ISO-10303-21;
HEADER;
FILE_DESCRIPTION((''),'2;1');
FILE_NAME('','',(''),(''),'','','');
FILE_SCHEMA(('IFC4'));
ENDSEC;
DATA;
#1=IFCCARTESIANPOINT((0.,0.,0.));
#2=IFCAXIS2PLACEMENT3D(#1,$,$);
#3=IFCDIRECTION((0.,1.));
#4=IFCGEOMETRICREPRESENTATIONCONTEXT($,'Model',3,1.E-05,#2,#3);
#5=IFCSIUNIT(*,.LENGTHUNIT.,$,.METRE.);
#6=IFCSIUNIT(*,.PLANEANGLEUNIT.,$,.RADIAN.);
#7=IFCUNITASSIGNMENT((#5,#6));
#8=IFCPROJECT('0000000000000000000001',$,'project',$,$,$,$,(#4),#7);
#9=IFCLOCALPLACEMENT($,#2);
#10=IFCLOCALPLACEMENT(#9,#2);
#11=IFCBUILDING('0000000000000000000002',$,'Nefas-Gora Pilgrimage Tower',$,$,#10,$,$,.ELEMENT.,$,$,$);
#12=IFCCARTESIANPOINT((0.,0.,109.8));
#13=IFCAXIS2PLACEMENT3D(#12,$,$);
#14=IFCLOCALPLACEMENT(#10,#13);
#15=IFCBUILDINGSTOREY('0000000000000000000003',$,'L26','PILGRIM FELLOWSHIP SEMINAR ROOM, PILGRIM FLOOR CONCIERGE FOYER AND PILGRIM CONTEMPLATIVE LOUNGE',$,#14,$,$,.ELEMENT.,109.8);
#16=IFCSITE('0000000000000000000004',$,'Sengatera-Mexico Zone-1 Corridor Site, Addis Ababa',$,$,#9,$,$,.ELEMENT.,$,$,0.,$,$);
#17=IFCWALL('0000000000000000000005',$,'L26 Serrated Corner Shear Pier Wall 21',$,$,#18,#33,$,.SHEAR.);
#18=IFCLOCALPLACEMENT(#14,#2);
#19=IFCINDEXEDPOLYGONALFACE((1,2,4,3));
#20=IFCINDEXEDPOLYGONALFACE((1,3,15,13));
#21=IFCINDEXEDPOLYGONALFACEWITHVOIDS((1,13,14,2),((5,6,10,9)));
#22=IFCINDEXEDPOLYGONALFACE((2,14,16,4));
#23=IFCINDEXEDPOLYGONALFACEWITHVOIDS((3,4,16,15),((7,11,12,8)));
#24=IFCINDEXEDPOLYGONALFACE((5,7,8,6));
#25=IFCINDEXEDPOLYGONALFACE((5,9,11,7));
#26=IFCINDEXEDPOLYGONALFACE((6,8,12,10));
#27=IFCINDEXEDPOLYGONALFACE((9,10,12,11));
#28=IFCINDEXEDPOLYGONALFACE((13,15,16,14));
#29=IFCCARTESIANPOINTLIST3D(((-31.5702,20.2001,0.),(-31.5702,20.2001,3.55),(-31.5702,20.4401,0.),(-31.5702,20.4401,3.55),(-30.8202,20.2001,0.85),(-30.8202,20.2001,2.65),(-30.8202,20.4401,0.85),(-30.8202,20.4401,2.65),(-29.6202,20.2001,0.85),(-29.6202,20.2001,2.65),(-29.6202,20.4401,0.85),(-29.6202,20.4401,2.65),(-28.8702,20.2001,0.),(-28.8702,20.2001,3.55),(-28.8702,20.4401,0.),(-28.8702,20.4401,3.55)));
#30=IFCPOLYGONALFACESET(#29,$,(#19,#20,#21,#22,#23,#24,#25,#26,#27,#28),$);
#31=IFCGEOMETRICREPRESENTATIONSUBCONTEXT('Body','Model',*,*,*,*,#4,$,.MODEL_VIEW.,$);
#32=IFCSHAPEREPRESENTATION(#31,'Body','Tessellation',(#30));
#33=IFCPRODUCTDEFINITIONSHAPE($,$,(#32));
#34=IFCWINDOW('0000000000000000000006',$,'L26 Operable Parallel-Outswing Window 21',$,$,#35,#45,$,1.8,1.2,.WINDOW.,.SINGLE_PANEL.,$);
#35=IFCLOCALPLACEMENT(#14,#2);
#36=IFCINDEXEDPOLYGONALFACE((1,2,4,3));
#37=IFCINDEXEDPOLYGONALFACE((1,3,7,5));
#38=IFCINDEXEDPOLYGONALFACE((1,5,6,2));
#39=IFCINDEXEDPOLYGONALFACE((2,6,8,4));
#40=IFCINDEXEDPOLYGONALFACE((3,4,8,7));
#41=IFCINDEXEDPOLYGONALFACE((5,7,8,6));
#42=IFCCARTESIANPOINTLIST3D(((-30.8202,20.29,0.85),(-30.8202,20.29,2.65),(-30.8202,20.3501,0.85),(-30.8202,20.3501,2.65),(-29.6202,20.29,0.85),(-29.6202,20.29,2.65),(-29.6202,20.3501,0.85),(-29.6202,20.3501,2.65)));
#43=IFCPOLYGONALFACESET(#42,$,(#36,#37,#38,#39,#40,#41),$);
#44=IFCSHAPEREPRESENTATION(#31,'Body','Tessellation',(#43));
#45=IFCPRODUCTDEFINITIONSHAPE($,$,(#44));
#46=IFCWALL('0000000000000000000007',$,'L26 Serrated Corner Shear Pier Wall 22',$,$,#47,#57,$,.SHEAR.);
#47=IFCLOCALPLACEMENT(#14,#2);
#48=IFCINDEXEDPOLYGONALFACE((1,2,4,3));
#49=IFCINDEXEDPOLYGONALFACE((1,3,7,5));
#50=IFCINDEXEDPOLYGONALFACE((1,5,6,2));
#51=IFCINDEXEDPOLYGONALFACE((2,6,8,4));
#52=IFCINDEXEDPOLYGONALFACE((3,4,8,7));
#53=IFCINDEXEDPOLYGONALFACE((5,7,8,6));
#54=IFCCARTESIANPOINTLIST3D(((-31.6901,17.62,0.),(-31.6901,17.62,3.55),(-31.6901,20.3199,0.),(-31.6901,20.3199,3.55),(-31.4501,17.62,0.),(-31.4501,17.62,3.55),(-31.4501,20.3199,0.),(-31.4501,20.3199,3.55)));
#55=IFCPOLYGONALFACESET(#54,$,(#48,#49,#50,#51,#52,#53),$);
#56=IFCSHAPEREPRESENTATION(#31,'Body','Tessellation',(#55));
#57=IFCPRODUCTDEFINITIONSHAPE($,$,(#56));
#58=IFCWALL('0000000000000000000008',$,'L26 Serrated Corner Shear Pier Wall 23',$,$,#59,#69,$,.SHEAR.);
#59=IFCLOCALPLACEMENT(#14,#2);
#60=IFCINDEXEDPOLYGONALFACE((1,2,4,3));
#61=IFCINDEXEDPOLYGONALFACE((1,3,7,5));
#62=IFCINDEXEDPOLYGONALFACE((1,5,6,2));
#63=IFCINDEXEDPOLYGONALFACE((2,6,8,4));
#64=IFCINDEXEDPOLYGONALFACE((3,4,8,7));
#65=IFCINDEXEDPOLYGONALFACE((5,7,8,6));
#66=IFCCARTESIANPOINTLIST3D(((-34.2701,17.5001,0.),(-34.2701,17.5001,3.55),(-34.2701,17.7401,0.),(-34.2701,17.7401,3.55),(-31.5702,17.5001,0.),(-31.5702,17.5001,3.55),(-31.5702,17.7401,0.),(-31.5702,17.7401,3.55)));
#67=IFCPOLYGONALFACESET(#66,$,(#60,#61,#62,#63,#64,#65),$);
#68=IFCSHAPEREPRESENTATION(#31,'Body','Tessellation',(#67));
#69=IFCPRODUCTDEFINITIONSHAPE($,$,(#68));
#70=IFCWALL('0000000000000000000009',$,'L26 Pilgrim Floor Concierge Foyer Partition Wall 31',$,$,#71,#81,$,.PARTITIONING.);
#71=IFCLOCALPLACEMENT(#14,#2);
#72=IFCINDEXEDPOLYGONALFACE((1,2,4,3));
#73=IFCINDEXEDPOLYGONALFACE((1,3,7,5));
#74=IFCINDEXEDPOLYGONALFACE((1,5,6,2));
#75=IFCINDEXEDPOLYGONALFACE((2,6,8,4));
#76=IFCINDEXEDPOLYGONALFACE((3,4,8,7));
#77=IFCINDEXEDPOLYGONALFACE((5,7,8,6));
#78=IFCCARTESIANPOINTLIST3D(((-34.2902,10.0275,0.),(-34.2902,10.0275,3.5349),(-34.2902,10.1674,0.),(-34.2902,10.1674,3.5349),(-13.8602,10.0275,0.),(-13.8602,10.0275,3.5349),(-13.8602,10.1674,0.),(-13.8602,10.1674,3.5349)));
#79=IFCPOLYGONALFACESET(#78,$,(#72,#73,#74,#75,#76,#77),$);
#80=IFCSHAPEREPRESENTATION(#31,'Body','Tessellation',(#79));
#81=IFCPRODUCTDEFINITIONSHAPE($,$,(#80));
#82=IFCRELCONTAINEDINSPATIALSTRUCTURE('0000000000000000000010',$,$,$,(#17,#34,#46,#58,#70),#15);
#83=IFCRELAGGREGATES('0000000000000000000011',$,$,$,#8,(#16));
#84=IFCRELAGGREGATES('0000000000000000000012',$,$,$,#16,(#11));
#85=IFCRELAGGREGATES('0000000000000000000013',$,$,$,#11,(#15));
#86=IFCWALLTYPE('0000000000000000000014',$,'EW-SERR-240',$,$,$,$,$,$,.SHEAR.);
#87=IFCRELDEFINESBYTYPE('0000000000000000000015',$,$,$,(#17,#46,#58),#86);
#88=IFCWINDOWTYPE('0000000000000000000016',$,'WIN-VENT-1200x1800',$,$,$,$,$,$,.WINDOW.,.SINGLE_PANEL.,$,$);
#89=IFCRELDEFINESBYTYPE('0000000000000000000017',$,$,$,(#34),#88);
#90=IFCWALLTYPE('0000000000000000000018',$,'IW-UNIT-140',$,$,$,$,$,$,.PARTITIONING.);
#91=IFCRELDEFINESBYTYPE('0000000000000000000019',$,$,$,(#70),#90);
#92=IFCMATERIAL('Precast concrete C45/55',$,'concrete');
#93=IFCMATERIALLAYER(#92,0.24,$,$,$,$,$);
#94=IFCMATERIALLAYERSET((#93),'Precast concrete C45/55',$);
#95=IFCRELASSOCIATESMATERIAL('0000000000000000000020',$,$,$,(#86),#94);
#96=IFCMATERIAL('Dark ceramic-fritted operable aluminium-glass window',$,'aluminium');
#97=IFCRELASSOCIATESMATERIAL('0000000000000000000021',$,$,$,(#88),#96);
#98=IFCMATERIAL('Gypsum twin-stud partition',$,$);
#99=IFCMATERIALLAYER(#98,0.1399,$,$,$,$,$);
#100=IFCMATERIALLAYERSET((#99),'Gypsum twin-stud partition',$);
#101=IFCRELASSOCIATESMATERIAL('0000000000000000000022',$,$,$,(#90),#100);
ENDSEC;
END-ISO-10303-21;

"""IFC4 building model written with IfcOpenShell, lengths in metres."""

from ifc_helpers import new_model, si_unit, direction, frame, frame_2d, origin, place, context, subcontext, project, spatial, rectangle, extrude, source, transform, mapped, material, layer, layer_set, type_object, element, fill, save


model = new_model("IFC4")

# Units and contexts
model_context = context("Model", 3, precision=1e-05, world=origin(), true_north=direction((0.0, 1.0)))
body_context = subcontext(model_context, "Body", "Model", "MODEL_VIEW")
ifc_project = project(units=[si_unit("LENGTHUNIT", "METRE"), si_unit("PLANEANGLEUNIT", "RADIAN")], contexts=[model_context])

# Site, building, storey
site_placement = place(None, origin())
site = spatial("IfcSite", under=ifc_project, at=site_placement, Name="Sengatera-Mexico Zone-1 Corridor Site, Addis Ababa", CompositionType="ELEMENT", RefElevation=0.0)
building_placement = place(site_placement, origin())
building = spatial("IfcBuilding", under=site, at=building_placement, Name="Nefas-Gora Pilgrimage Tower", CompositionType="ELEMENT")
storey_placement = place(building_placement, frame((0.0, 0.0, 109.8)))
storey = spatial("IfcBuildingStorey", under=building, at=storey_placement, Name="L26", Description="PILGRIM FELLOWSHIP SEMINAR ROOM, PILGRIM FLOOR CONCIERGE FOYER AND PILGRIM CONTEMPLATIVE LOUNGE", CompositionType="ELEMENT", Elevation=109.8)

# Shared definitions
ifc_material_1 = material(Name="Precast concrete C45/55", Category="concrete")
ifc_layer_1 = layer(ifc_material_1, 0.24)
ifc_layer_set_1 = layer_set([ifc_layer_1], Name="Precast concrete C45/55")
wall_type_1 = type_object("IfcWallType", Name="EW-SERR-240", PredefinedType="SHEAR", material=ifc_layer_set_1)
shared_shape_1 = source(origin(), body_context, "Body", "SweptSolid", [
    extrude(rectangle(XDim=2.7, YDim=0.24, at=frame_2d((1.3501, 0.0))), origin(), (0.0, 0.0, 1.0), 3.55),
])

# Wall, opening, window
wall_1_placement = place(storey_placement, frame((-28.8701, 20.3201, 0.0), z_axis=(0.0, 0.0, 1.0), x_axis=(-1.0, 0.0, 0.0)))
wall_1 = element("IfcWall", 1, at=wall_1_placement, inside=storey, type_object=wall_type_1, Name="L26 Serrated Corner Shear Pier Wall 21", PredefinedType="SHEAR", context=body_context, shape_type="MappedRepresentation", body=[
    mapped(shared_shape_1, transform((0.0, 0.0, 0.0), x_axis=(1.0, 0.0, 0.0), y_axis=(0.0, 1.0, 0.0), z_axis=(0.0, 0.0, 1.0), scale=1.0)),
])
opening_placement = place(wall_1_placement, frame((0.75, 0.0, 0.8501)))
opening = element("IfcOpeningElement", 2, at=opening_placement, cuts=wall_1, PredefinedType="OPENING", context=body_context, shape_type="SweptSolid", body=[
    extrude(rectangle(XDim=1.2, YDim=1.8, at=frame_2d((0.6001, 0.8999))), frame((0.0, 0.1299, 0.0), z_axis=(0.0, -1.0, 0.0), x_axis=(1.0, 0.0, 0.0)), (0.0, 0.0, 1.0), 0.26),
])
ifc_material_2 = material(Name="Dark ceramic-fritted operable aluminium-glass window", Category="aluminium")
window_type = type_object("IfcWindowType", Name="WIN-VENT-1200x1800", PartitioningType="SINGLE_PANEL", PredefinedType="WINDOW", material=ifc_material_2)
shared_shape_2 = source(origin(), body_context, "Body", "SweptSolid", [
    extrude(rectangle(XDim=1.2, YDim=1.8, at=frame_2d((0.6001, 0.8999))), frame((0.0, 0.03, 0.0), z_axis=(0.0, -1.0, 0.0), x_axis=(1.0, 0.0, 0.0)), (0.0, 0.0, 1.0), 0.0601),
])
window_placement = place(opening_placement, origin())
window = element("IfcWindow", 3, at=window_placement, inside=storey, type_object=window_type, Name="L26 Operable Parallel-Outswing Window 21", OverallHeight=1.8, OverallWidth=1.2, PartitioningType="SINGLE_PANEL", PredefinedType="WINDOW", context=body_context, shape_type="MappedRepresentation", body=[
    mapped(shared_shape_2, transform((0.0, 0.0, 0.0), x_axis=(1.0, 0.0, 0.0), y_axis=(0.0, 1.0, 0.0), z_axis=(0.0, 0.0, 1.0), scale=1.0)),
])
fill(opening, window)

# Walls
for number, where, z_axis, x_axis, name in (
    (4, (-31.5701, 20.3201, 0.0), (0.0, 0.0, 1.0), (0.0, -1.0, 0.0), "L26 Serrated Corner Shear Pier Wall 22"),
    (5, (-31.5701, 17.6201, 0.0), (0.0, 0.0, 1.0), (-1.0, 0.0, 0.0), "L26 Serrated Corner Shear Pier Wall 23"),
):
    element("IfcWall", number, at=place(storey_placement, frame(where, z_axis=z_axis, x_axis=x_axis)), inside=storey, type_object=wall_type_1, Name=name, PredefinedType="SHEAR", context=body_context, shape_type="MappedRepresentation", body=[
        mapped(shared_shape_1, transform((0.0, 0.0, 0.0), x_axis=(1.0, 0.0, 0.0), y_axis=(0.0, 1.0, 0.0), z_axis=(0.0, 0.0, 1.0), scale=1.0)),
    ])
ifc_material_3 = material(Name="Gypsum twin-stud partition")
ifc_layer_2 = layer(ifc_material_3, 0.1399)
ifc_layer_set_2 = layer_set([ifc_layer_2], Name="Gypsum twin-stud partition")
wall_type_2 = type_object("IfcWallType", Name="IW-UNIT-140", PredefinedType="PARTITIONING", material=ifc_layer_set_2)
shared_shape_3 = source(origin(), body_context, "Body", "SweptSolid", [
    extrude(rectangle(XDim=20.4299, YDim=0.1399, at=frame_2d((10.2148, 0.0))), origin(), (0.0, 0.0, 1.0), 3.5349),
])
wall_2_placement = place(storey_placement, frame((-34.29, 10.0974, 0.0), z_axis=(0.0, 0.0, 1.0), x_axis=(1.0, 0.0, 0.0)))
element("IfcWall", 6, at=wall_2_placement, inside=storey, type_object=wall_type_2, Name="L26 Pilgrim Floor Concierge Foyer Partition Wall 31", PredefinedType="PARTITIONING", context=body_context, shape_type="MappedRepresentation", body=[
    mapped(shared_shape_3, transform((0.0, 0.0, 0.0), x_axis=(1.0, 0.0, 0.0), y_axis=(0.0, 1.0, 0.0), z_axis=(0.0, 0.0, 1.0), scale=1.0)),
])

save(model, "model.ifc")
